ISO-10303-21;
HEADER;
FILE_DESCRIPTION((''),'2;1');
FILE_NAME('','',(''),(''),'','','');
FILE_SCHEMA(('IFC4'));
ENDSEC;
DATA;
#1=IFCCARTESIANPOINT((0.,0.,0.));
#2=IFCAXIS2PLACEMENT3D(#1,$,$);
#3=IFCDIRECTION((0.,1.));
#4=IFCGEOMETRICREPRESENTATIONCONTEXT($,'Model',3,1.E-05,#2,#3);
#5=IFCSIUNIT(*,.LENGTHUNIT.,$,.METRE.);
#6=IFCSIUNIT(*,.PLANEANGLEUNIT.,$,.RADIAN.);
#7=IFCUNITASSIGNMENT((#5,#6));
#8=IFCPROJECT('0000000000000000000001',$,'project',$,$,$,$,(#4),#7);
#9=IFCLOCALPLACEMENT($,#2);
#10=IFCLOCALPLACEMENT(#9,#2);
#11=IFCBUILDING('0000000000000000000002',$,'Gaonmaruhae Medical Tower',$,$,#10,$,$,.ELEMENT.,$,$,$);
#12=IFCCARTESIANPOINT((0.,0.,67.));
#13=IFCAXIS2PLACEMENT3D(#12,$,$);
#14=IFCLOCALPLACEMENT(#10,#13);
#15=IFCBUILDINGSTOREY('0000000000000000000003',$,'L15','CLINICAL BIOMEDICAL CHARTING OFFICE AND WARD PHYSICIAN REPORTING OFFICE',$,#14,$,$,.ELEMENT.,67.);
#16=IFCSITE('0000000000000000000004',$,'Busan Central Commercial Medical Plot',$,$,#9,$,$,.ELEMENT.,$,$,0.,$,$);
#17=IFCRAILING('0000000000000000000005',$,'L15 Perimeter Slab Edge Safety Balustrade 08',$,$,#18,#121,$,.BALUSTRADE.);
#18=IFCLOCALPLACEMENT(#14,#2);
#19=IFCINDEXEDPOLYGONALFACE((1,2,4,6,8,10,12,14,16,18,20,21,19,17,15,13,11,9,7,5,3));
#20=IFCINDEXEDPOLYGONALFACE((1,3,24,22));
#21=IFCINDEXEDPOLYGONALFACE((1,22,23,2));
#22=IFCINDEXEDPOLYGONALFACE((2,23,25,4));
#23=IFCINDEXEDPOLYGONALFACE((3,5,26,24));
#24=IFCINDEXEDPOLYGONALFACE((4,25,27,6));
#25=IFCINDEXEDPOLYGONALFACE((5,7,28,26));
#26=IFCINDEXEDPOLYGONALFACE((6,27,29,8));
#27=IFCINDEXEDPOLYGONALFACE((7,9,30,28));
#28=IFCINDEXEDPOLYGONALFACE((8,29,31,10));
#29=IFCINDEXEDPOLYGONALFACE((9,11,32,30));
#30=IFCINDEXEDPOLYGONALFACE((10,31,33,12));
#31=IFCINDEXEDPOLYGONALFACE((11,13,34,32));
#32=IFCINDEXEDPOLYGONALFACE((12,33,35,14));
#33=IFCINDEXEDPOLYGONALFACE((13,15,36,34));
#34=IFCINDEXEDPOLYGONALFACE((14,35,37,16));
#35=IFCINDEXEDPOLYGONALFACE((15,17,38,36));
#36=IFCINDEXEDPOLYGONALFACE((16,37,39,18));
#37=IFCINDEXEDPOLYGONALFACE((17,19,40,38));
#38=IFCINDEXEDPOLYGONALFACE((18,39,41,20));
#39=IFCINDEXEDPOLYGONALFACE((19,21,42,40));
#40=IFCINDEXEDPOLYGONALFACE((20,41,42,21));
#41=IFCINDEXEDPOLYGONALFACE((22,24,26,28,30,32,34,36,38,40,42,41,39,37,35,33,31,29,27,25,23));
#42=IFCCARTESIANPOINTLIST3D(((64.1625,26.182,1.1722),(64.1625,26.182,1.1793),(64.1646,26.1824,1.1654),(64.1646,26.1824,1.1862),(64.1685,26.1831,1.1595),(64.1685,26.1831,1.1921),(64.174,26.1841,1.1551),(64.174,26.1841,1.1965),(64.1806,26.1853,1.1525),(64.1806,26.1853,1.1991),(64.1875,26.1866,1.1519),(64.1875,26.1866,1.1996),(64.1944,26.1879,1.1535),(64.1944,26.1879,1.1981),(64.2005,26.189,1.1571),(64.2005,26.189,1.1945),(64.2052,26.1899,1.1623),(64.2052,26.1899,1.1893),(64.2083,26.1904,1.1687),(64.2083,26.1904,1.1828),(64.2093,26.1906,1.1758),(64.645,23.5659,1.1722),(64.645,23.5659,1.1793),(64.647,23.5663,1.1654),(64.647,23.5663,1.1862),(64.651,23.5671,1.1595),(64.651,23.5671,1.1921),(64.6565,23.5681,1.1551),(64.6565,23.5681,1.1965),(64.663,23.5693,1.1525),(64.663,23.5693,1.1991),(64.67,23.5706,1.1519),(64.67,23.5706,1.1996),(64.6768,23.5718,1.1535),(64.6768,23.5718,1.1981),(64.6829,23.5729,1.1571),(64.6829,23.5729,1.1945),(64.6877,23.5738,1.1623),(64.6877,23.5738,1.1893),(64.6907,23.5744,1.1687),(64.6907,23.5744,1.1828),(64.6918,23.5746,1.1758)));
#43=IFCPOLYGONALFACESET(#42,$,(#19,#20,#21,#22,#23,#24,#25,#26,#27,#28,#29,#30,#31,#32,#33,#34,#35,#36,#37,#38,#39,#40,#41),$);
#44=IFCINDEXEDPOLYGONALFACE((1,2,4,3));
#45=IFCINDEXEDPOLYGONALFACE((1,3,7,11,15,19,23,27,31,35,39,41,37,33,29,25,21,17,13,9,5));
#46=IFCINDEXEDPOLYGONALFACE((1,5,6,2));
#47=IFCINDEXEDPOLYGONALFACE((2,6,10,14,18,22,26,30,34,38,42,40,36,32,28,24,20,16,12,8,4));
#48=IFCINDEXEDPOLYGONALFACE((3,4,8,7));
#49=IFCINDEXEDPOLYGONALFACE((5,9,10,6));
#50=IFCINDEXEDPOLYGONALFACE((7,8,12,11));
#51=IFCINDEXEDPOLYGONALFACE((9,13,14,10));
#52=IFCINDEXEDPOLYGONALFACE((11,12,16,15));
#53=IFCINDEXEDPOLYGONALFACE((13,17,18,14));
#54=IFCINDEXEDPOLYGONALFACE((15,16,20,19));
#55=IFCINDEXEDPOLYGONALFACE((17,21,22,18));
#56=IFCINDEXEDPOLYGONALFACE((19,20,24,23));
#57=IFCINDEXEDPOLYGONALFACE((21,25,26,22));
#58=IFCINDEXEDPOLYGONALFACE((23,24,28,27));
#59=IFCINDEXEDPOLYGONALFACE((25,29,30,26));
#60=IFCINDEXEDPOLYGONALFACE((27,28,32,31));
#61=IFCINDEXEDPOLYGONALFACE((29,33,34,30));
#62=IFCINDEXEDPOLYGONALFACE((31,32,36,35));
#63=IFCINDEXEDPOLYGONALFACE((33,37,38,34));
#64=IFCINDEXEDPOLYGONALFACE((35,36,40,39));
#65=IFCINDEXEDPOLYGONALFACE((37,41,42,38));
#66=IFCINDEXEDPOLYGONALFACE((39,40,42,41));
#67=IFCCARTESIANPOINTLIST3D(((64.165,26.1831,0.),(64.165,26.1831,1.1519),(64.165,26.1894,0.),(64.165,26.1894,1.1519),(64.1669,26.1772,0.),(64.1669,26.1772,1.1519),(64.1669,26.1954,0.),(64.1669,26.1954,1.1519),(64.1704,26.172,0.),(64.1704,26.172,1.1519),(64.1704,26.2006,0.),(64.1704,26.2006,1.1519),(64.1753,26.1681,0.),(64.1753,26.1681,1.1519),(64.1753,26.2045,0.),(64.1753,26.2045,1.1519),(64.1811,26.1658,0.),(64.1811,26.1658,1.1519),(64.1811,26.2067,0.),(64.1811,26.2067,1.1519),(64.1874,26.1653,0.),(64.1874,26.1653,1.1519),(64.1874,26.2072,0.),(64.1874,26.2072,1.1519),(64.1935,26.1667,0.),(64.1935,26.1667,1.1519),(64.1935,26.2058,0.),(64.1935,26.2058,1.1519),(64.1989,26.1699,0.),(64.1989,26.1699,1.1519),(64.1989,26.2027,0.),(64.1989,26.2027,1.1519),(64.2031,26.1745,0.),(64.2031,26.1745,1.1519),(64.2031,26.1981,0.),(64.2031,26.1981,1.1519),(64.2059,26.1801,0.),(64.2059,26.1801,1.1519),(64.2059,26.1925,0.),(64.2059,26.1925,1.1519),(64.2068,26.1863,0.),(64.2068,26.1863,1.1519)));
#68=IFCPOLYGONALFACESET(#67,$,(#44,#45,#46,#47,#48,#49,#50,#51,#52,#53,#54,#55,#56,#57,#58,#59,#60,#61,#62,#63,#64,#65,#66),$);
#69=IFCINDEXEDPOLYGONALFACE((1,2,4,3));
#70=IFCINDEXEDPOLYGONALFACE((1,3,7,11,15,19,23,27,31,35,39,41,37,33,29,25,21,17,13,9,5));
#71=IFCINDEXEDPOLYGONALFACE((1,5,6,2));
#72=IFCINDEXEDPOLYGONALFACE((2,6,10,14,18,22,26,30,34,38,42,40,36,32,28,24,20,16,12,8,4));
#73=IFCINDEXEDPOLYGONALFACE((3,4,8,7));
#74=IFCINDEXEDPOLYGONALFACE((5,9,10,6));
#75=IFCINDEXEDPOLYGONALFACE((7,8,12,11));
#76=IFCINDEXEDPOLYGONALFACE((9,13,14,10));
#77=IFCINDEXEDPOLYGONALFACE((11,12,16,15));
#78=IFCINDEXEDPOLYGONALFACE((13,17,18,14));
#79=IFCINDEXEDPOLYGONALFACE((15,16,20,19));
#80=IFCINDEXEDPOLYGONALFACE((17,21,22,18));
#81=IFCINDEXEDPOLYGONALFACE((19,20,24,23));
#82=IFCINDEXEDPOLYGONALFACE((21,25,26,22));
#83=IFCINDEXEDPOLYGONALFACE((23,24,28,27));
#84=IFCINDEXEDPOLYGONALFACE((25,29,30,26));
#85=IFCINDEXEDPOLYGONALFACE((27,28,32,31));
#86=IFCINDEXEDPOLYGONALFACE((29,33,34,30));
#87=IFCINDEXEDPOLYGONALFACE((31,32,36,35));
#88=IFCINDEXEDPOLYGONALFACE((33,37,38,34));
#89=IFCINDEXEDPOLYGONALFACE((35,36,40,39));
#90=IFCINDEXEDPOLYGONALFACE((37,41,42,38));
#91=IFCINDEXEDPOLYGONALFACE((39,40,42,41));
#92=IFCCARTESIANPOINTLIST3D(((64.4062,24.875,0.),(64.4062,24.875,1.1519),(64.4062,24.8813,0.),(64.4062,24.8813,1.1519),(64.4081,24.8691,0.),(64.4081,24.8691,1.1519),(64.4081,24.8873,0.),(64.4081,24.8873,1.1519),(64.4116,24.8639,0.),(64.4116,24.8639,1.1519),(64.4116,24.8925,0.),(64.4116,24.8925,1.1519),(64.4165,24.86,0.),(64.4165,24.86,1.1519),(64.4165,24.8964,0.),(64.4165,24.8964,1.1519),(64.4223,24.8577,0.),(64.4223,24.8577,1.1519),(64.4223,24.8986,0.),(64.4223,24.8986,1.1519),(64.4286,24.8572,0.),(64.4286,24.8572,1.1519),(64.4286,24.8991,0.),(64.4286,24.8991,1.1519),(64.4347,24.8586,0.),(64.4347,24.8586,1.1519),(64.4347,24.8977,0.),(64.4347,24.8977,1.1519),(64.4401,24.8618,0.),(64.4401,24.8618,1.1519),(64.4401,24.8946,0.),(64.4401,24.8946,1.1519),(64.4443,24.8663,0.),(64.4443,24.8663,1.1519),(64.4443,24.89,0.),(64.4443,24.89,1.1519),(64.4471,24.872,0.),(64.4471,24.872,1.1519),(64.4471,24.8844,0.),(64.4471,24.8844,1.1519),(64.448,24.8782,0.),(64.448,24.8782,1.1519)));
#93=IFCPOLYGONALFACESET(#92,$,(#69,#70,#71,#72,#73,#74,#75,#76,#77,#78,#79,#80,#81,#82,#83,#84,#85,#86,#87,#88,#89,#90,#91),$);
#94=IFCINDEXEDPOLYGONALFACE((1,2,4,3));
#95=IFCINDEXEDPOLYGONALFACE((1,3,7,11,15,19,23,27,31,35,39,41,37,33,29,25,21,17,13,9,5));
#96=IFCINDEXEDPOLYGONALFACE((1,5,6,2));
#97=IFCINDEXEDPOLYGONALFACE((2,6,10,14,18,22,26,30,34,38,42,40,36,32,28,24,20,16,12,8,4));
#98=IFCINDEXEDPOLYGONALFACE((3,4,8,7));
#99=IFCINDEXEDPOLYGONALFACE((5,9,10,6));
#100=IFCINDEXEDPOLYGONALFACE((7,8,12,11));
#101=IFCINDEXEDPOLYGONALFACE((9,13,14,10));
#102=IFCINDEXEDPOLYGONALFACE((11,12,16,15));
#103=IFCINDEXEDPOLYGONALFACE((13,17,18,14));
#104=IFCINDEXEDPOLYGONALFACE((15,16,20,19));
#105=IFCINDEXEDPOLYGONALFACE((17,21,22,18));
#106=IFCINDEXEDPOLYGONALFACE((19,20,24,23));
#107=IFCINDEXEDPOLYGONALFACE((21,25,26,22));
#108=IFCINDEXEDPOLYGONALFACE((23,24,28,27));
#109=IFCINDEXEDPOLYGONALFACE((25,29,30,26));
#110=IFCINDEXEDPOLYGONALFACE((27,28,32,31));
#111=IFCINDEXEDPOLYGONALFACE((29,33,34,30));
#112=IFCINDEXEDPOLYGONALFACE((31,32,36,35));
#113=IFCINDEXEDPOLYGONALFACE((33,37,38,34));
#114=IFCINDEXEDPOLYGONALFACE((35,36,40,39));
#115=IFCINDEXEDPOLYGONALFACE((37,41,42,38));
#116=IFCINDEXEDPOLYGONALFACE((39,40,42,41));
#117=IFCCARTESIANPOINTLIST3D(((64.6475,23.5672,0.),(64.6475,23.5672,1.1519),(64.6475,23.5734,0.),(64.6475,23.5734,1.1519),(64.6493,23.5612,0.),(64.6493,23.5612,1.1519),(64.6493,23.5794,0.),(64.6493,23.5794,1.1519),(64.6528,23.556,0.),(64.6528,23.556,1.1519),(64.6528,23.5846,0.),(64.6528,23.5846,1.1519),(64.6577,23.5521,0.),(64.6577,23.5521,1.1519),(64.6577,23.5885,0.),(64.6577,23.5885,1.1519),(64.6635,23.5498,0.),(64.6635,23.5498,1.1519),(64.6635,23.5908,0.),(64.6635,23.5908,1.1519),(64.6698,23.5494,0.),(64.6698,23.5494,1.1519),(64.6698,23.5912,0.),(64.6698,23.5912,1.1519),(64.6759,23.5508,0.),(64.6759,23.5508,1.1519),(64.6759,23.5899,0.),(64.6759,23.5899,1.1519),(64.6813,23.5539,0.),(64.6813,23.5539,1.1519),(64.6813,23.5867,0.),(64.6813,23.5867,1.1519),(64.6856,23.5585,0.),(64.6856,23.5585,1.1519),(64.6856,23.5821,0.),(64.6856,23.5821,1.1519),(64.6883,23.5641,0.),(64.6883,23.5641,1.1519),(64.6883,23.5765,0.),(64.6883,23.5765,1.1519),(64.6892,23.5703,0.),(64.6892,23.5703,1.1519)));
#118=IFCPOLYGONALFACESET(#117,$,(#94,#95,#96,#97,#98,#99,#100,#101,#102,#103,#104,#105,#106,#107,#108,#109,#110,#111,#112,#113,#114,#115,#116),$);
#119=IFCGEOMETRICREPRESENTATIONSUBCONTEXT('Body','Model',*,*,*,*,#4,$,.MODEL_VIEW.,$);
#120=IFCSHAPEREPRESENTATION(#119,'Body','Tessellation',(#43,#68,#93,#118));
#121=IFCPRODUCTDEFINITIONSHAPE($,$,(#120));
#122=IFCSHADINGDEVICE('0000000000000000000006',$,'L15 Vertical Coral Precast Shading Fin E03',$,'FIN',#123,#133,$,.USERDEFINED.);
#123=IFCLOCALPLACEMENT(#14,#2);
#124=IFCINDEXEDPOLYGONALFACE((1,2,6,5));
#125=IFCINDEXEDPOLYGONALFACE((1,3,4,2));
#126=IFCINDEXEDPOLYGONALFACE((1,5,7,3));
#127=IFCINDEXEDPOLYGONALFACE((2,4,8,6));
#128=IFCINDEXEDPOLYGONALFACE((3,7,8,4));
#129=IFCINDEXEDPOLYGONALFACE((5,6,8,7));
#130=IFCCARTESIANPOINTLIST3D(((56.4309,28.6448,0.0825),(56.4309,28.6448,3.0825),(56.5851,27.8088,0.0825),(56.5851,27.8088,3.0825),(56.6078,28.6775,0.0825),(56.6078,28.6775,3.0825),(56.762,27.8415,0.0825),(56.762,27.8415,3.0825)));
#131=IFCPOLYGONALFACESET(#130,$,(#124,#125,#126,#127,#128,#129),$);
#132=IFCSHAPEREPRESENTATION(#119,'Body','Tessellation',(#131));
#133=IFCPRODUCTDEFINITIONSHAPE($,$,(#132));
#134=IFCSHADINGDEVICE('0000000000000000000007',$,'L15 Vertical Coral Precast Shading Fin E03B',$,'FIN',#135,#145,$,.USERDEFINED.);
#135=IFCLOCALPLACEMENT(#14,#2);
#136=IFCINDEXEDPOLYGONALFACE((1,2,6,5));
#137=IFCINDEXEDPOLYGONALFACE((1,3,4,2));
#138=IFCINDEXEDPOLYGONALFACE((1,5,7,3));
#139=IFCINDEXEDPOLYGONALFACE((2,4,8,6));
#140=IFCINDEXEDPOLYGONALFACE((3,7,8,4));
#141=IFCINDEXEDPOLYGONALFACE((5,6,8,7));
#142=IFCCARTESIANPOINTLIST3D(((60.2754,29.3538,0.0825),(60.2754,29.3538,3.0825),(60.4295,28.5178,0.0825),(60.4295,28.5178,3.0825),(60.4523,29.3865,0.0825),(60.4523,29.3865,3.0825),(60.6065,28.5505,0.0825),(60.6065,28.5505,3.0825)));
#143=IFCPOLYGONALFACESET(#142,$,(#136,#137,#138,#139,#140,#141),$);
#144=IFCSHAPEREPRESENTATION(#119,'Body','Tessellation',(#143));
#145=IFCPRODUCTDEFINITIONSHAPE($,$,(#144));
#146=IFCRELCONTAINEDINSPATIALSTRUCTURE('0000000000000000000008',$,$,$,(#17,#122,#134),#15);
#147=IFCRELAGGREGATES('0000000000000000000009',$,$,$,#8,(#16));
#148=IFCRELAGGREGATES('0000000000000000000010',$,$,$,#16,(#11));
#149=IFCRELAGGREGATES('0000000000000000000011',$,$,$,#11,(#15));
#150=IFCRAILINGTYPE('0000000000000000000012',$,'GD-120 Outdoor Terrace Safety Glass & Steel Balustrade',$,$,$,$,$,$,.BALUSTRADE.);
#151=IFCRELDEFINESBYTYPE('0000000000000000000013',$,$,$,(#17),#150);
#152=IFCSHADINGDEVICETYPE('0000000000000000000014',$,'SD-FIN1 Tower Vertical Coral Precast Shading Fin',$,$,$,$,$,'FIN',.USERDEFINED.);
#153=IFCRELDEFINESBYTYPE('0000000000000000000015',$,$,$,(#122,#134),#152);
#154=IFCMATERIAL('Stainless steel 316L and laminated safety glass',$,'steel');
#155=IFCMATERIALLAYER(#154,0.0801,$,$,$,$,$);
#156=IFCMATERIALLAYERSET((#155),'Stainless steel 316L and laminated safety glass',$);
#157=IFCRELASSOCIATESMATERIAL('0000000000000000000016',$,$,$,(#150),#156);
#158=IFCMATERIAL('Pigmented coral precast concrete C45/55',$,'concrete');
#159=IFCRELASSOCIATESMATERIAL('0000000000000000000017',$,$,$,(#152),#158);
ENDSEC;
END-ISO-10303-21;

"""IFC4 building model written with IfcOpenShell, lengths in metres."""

from ifc_helpers import new_model, si_unit, direction, frame, origin, origin_2d, place, context, subcontext, project, spatial, rectangle, circle, extrude, material, layer, layer_set, type_object, element, save


model = new_model("IFC4")

# Units and contexts
model_context = context("Model", 3, precision=1e-05, world=origin(), true_north=direction((0.0, 1.0)))
body_context = subcontext(model_context, "Body", "Model", "MODEL_VIEW")
ifc_project = project(units=[si_unit("LENGTHUNIT", "METRE"), si_unit("PLANEANGLEUNIT", "RADIAN")], contexts=[model_context])

# Site, building, storey
site_placement = place(None, origin())
site = spatial("IfcSite", under=ifc_project, at=site_placement, Name="Busan Central Commercial Medical Plot", CompositionType="ELEMENT", RefElevation=0.0)
building_placement = place(site_placement, origin())
building = spatial("IfcBuilding", under=site, at=building_placement, Name="Gaonmaruhae Medical Tower", CompositionType="ELEMENT")
storey_placement = place(building_placement, frame((0.0, 0.0, 67.0)))
storey = spatial("IfcBuildingStorey", under=building, at=storey_placement, Name="L15", Description="CLINICAL BIOMEDICAL CHARTING OFFICE AND WARD PHYSICIAN REPORTING OFFICE", CompositionType="ELEMENT", Elevation=67.0)

# Railing
ifc_material_1 = material(Name="Stainless steel 316L and laminated safety glass", Category="steel")
ifc_layer_1 = layer(ifc_material_1, 0.0801)
ifc_layer_set_1 = layer_set([ifc_layer_1], Name="Stainless steel 316L and laminated safety glass")
railing_type = type_object("IfcRailingType", Name="GD-120 Outdoor Terrace Safety Glass & Steel Balustrade", PredefinedType="BALUSTRADE", material=ifc_layer_set_1)
railing_1_placement = place(storey_placement, frame((64.1858, 26.1863, 0.0)))
element("IfcRailing", 1, at=railing_1_placement, inside=storey, type_object=railing_type, Name="L15 Perimeter Slab Edge Safety Balustrade 08", PredefinedType="BALUSTRADE", context=body_context, shape_type="SweptSolid", body=[
    extrude(circle(Radius=0.0239, at=origin_2d()), frame((0.0, 0.0, 1.1758), z_axis=(0.181356, -0.983417, 0.0), x_axis=(0.983417, 0.181356, 0.0)), (0.0, 0.0, 1.0), 2.6602),
    extrude(circle(Radius=0.021, at=origin_2d()), origin(), (0.0, 0.0, 1.0), 1.1519),
    extrude(circle(Radius=0.021, at=origin_2d()), frame((0.2412, -1.3081, 0.0)), (0.0, 0.0, 1.0), 1.1519),
    extrude(circle(Radius=0.021, at=origin_2d()), frame((0.4824, -2.616, 0.0)), (0.0, 0.0, 1.0), 1.1519),
])

# Shading devices
ifc_material_2 = material(Name="Pigmented coral precast concrete C45/55", Category="concrete")
shading_device_type = type_object("IfcShadingDeviceType", Name="SD-FIN1 Tower Vertical Coral Precast Shading Fin", ElementType="FIN", PredefinedType="USERDEFINED", material=ifc_material_2)
for number, where, z_axis, x_axis, name in (
    (2, (56.5964, 28.2432, 0.0825), (0.0, 0.0, 1.0), (0.983414, 0.181377, 0.0), "L15 Vertical Coral Precast Shading Fin E03"),
    (3, (60.4409, 28.9521, 0.0825), (0.0, 0.0, 1.0), (0.983414, 0.181377, 0.0), "L15 Vertical Coral Precast Shading Fin E03B"),
):
    element("IfcShadingDevice", number, at=place(storey_placement, frame(where, z_axis=z_axis, x_axis=x_axis)), inside=storey, type_object=shading_device_type, Name=name, ObjectType="FIN", PredefinedType="USERDEFINED", context=body_context, shape_type="SweptSolid", body=[
        extrude(rectangle(XDim=0.1799, YDim=0.8501, at=origin_2d()), origin(), (0.0, 0.0, 1.0), 3.0),
    ])

save(model, "model.ifc")
